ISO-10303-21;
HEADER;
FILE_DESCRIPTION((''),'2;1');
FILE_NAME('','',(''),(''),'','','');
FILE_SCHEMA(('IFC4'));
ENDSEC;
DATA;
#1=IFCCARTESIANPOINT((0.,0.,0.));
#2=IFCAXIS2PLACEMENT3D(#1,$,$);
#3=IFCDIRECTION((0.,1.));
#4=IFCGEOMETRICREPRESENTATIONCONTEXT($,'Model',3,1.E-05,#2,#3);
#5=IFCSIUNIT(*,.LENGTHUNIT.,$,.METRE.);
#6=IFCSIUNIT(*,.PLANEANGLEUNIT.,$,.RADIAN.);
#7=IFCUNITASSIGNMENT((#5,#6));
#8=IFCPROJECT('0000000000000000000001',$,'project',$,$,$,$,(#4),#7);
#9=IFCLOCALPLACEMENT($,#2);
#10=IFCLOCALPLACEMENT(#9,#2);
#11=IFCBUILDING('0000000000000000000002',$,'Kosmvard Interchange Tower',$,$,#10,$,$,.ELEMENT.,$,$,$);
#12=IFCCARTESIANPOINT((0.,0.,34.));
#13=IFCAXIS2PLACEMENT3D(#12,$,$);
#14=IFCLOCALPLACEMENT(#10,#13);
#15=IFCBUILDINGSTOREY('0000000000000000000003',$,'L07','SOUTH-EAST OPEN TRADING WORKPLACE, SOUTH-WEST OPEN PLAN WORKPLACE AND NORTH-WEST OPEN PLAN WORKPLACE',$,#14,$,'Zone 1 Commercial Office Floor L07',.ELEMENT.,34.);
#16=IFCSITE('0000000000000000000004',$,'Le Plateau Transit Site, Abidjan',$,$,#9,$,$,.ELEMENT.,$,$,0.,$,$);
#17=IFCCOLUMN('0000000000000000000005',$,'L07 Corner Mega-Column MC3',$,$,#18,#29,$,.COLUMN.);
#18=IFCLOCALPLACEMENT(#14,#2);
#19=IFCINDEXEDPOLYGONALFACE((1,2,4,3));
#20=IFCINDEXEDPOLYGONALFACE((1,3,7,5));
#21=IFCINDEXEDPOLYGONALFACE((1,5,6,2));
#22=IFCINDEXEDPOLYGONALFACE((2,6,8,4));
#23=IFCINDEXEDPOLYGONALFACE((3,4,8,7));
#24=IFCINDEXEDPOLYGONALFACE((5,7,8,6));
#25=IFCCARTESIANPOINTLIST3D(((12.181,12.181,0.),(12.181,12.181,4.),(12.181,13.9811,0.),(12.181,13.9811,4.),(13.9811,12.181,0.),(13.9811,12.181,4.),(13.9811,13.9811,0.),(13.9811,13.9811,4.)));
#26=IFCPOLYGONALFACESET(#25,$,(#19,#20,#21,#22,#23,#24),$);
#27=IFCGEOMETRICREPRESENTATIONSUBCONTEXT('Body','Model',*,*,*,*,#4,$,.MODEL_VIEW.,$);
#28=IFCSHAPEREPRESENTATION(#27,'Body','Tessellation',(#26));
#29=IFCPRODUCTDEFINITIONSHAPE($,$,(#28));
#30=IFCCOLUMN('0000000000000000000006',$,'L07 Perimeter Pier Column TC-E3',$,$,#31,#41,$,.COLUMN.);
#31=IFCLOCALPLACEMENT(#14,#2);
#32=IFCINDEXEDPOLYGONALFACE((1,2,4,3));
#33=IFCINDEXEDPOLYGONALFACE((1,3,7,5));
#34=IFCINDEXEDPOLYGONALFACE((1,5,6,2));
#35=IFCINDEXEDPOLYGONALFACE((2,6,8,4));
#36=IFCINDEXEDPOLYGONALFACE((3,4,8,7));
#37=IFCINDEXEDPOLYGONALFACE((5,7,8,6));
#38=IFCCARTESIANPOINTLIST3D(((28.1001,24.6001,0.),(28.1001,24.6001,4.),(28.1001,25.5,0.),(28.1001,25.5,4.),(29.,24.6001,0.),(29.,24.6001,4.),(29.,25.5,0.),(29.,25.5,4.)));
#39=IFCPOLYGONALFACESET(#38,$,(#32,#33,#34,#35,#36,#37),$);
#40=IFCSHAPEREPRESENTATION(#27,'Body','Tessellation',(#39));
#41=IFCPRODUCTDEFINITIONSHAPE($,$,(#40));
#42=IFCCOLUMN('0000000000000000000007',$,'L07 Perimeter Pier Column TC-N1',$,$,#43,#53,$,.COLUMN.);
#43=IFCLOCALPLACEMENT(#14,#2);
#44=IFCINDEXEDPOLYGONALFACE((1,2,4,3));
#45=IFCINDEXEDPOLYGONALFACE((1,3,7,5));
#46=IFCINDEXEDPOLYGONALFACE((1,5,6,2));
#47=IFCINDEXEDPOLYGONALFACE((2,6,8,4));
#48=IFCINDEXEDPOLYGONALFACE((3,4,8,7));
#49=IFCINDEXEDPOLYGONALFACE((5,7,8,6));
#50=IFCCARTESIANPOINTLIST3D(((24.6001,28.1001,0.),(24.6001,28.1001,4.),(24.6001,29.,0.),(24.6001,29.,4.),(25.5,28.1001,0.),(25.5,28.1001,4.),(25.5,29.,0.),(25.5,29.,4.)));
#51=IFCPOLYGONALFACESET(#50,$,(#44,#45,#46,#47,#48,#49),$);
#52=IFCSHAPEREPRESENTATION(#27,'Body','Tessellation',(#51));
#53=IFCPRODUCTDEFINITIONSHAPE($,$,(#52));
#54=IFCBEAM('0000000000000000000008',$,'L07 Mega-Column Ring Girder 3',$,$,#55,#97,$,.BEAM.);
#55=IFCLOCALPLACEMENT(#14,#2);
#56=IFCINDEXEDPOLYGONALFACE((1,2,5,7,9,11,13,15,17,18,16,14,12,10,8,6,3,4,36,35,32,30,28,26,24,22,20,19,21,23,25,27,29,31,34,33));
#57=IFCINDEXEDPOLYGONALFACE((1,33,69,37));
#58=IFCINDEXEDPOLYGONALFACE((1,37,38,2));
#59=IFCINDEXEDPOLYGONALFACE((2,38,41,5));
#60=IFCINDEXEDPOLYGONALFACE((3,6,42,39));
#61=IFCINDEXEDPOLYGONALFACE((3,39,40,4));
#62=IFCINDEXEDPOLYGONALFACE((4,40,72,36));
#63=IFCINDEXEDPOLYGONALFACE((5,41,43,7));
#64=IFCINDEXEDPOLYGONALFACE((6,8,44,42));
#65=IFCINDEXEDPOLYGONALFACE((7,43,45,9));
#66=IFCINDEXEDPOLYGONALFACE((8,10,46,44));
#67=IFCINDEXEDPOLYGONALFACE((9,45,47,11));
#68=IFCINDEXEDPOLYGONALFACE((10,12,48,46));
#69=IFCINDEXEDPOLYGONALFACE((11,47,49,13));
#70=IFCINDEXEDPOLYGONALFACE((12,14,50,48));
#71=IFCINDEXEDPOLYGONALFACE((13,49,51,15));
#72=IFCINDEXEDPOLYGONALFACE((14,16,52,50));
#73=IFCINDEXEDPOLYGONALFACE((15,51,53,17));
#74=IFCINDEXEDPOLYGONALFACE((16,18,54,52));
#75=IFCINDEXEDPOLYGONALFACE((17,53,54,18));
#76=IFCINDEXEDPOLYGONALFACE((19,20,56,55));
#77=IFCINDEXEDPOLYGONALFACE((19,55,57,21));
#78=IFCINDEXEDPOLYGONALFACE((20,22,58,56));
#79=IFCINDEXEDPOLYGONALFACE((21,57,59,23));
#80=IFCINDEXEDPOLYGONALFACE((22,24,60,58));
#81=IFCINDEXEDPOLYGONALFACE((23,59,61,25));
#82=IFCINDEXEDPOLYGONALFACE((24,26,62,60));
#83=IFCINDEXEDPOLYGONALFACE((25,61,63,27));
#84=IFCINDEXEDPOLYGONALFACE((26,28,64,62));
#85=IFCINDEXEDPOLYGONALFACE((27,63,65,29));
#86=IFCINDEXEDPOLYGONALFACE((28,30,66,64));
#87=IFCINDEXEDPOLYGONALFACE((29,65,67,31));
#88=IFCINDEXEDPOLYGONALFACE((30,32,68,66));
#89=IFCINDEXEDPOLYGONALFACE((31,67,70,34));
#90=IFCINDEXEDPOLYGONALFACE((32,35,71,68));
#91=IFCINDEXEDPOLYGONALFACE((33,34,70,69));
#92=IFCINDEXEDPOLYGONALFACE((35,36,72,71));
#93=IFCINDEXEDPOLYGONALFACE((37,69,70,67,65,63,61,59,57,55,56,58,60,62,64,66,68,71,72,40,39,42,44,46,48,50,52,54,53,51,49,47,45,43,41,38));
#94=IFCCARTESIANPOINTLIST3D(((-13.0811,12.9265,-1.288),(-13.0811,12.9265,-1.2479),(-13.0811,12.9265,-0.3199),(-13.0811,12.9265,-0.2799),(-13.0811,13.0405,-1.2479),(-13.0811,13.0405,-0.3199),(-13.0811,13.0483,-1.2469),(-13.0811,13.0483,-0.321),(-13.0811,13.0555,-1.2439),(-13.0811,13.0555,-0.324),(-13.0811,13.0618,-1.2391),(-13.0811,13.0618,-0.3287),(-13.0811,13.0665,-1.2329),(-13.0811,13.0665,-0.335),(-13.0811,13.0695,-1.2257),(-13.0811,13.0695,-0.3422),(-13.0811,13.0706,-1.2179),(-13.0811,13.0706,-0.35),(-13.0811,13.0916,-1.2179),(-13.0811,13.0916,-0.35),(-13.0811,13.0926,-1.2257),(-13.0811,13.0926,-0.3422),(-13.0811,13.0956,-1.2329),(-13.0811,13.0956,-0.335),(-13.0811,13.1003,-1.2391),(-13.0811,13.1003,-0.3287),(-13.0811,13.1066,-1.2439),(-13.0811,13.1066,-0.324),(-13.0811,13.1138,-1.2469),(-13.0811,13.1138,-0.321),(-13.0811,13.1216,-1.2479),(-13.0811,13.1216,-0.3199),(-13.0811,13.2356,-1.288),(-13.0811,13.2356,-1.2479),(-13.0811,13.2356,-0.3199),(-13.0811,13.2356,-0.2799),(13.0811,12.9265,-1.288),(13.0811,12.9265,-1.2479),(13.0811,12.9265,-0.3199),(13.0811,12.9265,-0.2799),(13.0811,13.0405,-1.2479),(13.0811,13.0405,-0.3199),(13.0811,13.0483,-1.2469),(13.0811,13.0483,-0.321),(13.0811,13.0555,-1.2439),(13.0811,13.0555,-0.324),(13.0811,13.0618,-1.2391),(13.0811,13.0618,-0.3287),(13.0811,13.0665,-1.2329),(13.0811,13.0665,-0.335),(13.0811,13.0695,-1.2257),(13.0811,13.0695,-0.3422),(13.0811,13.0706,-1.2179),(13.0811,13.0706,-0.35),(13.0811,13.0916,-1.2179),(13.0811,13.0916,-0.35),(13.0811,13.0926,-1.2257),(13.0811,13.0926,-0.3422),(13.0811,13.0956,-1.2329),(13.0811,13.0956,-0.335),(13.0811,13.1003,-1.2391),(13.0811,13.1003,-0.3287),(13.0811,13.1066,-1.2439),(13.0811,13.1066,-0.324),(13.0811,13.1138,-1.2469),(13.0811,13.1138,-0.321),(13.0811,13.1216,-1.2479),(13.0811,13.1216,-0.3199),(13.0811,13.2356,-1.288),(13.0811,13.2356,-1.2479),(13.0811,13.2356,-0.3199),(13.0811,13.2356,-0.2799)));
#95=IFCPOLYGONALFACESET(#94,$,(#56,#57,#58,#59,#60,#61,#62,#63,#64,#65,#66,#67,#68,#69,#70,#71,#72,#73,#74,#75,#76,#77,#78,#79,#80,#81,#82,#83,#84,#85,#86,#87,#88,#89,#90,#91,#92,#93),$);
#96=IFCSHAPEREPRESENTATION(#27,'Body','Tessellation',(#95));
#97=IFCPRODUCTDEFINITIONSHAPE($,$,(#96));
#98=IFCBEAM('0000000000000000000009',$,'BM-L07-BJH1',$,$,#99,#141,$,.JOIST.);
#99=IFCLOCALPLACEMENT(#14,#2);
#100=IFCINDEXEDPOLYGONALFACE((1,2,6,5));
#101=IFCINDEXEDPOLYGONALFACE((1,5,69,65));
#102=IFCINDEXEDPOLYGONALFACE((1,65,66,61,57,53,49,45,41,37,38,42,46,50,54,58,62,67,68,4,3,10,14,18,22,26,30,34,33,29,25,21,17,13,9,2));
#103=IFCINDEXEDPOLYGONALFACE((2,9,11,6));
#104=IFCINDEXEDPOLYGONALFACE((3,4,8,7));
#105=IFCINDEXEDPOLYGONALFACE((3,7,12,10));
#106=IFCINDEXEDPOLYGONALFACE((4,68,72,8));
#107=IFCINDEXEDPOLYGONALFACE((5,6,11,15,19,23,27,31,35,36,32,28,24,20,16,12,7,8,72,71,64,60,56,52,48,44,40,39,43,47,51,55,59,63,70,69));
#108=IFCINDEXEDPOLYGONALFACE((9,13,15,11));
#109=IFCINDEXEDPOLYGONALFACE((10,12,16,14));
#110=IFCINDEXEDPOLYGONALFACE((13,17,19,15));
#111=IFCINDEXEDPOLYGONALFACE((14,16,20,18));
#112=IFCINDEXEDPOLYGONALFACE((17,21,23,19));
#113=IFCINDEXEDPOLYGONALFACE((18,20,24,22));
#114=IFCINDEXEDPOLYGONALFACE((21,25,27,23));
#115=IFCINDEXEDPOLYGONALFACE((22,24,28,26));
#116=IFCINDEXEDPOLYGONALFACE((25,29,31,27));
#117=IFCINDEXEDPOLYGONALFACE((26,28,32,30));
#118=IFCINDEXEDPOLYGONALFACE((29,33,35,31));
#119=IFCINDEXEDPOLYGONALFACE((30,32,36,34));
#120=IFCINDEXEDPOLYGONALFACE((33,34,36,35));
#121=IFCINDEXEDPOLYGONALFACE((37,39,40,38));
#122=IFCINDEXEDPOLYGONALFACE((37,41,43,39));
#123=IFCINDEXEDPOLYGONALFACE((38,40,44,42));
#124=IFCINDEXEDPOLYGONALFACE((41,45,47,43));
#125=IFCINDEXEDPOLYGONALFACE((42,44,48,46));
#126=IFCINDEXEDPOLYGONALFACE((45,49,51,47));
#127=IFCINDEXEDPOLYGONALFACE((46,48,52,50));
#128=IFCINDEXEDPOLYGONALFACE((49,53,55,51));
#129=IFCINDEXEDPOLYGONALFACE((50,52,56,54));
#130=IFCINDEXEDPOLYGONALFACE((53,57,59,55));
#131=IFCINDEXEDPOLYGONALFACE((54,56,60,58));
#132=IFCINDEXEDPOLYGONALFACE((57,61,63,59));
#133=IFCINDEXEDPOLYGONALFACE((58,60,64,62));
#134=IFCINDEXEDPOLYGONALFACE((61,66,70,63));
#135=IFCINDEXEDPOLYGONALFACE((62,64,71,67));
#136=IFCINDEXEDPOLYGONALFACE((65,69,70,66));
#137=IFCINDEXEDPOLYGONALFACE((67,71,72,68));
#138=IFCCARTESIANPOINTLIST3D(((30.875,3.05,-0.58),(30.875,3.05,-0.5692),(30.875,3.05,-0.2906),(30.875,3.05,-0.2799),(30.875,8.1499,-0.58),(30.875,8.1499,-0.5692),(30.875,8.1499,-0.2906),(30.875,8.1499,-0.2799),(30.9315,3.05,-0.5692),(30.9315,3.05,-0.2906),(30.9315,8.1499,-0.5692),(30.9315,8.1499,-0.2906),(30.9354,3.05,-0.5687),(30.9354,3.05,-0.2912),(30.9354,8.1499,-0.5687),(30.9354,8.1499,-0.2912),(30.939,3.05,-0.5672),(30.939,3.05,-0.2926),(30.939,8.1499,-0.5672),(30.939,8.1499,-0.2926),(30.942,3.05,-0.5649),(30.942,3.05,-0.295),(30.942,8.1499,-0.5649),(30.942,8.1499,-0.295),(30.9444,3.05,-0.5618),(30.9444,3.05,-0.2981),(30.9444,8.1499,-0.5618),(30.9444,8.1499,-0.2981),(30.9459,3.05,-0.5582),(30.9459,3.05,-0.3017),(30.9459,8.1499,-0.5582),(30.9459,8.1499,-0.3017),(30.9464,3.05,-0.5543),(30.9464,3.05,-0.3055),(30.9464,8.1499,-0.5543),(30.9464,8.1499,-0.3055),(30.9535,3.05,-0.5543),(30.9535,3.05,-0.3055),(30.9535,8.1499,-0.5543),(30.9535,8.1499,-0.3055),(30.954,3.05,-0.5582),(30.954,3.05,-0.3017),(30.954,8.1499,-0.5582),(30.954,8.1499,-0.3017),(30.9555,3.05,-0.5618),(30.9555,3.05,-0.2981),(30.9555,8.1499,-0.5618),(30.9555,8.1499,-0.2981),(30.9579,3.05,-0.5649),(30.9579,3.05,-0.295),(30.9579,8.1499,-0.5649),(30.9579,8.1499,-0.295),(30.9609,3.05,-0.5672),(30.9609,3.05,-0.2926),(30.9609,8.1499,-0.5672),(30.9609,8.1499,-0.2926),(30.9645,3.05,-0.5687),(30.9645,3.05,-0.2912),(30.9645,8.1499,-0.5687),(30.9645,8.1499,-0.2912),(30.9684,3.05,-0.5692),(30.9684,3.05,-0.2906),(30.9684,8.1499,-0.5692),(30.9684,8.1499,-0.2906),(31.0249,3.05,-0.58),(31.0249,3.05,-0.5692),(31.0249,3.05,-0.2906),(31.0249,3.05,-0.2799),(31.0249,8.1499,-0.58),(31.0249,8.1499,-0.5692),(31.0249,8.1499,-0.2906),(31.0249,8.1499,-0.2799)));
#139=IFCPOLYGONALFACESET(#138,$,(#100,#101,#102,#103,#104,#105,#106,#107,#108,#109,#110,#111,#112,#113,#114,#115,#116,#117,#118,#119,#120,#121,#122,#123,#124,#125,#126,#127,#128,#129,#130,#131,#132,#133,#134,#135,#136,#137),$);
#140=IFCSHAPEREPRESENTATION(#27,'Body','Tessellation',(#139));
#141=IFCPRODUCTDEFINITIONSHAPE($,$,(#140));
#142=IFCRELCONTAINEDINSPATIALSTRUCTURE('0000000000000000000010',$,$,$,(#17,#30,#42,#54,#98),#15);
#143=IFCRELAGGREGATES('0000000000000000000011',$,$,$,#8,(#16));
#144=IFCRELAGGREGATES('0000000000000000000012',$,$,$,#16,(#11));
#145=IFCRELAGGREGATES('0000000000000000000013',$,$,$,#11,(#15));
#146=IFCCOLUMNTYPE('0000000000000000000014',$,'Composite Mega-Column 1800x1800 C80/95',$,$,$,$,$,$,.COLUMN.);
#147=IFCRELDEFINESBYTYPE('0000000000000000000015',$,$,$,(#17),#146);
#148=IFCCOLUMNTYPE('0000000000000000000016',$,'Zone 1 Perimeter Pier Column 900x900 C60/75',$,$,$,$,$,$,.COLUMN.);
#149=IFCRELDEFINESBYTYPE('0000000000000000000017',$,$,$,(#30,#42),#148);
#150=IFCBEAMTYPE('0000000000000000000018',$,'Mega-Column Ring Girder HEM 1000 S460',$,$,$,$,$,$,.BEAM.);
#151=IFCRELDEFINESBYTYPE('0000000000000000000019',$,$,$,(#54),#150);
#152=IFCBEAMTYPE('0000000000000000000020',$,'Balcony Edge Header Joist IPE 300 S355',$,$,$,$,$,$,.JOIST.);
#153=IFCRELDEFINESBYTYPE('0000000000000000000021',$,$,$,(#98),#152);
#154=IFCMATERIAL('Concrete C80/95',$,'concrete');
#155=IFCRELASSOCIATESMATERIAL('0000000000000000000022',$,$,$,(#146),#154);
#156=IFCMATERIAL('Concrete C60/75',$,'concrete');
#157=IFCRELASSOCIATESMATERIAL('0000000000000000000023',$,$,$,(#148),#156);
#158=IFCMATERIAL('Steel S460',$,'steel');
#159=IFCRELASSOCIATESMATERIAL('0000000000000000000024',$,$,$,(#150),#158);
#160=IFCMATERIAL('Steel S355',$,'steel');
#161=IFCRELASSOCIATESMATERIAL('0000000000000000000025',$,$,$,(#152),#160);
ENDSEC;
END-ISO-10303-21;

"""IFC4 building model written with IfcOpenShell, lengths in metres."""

from ifc_helpers import new_model, si_unit, direction, frame, origin, origin_2d, place, context, subcontext, project, spatial, rectangle, i_section, extrude, source, transform, mapped, material, material_profile, profile_set, type_object, element, save


model = new_model("IFC4")

# Units and contexts
model_context = context("Model", 3, precision=1e-05, world=origin(), true_north=direction((0.0, 1.0)))
body_context = subcontext(model_context, "Body", "Model", "MODEL_VIEW")
ifc_project = project(units=[si_unit("LENGTHUNIT", "METRE"), si_unit("PLANEANGLEUNIT", "RADIAN")], contexts=[model_context])

# Site, building, storey
site_placement = place(None, origin())
site = spatial("IfcSite", under=ifc_project, at=site_placement, Name="Le Plateau Transit Site, Abidjan", CompositionType="ELEMENT", RefElevation=0.0)
building_placement = place(site_placement, origin())
building = spatial("IfcBuilding", under=site, at=building_placement, Name="Kosmvard Interchange Tower", CompositionType="ELEMENT")
storey_placement = place(building_placement, frame((0.0, 0.0, 34.0)))
storey = spatial("IfcBuildingStorey", under=building, at=storey_placement, Name="L07", Description="SOUTH-EAST OPEN TRADING WORKPLACE, SOUTH-WEST OPEN PLAN WORKPLACE AND NORTH-WEST OPEN PLAN WORKPLACE", LongName="Zone 1 Commercial Office Floor L07", CompositionType="ELEMENT", Elevation=34.0)

# Columns
ifc_material_1 = material(Name="Concrete C80/95", Category="concrete")
ifc_material_profile_1 = material_profile(ifc_material_1, rectangle(XDim=1.8, YDim=1.8, at=origin_2d()), Name="MC 1800x1800")
ifc_profile_set_1 = profile_set([ifc_material_profile_1], Name="Concrete C80/95")
column_type_1 = type_object("IfcColumnType", Name="Composite Mega-Column 1800x1800 C80/95", PredefinedType="COLUMN", material=ifc_profile_set_1)
shared_shape_1 = source(origin(), body_context, "Body", "SweptSolid", [
    extrude(rectangle(XDim=1.8, YDim=1.8, at=origin_2d()), origin(), (0.0, 0.0, 1.0), 4.0),
])
column_placement = place(storey_placement, frame((13.0811, 13.0811, 0.0), z_axis=(0.0, 0.0, 1.0), x_axis=(1.0, 0.0, 0.0)))
element("IfcColumn", 1, at=column_placement, inside=storey, type_object=column_type_1, Name="L07 Corner Mega-Column MC3", PredefinedType="COLUMN", context=body_context, shape_type="MappedRepresentation", body=[
    mapped(shared_shape_1, transform((0.0, 0.0, 0.0), scale=1.0)),
])
ifc_material_2 = material(Name="Concrete C60/75", Category="concrete")
ifc_material_profile_2 = material_profile(ifc_material_2, rectangle(XDim=0.8999, YDim=0.8999, at=origin_2d()), Name="TC 900x900")
ifc_profile_set_2 = profile_set([ifc_material_profile_2], Name="Concrete C60/75")
column_type_2 = type_object("IfcColumnType", Name="Zone 1 Perimeter Pier Column 900x900 C60/75", PredefinedType="COLUMN", material=ifc_profile_set_2)
shared_shape_2 = source(origin(), body_context, "Body", "SweptSolid", [
    extrude(rectangle(XDim=0.8999, YDim=0.8999, at=origin_2d()), origin(), (0.0, 0.0, 1.0), 4.0),
])
for number, where, z_axis, x_axis, name in (
    (2, (28.55, 25.05, 0.0), (0.0, 0.0, 1.0), (1.0, 0.0, 0.0), "L07 Perimeter Pier Column TC-E3"),
    (3, (25.05, 28.55, 0.0), (0.0, 0.0, 1.0), (1.0, 0.0, 0.0), "L07 Perimeter Pier Column TC-N1"),
):
    element("IfcColumn", number, at=place(storey_placement, frame(where, z_axis=z_axis, x_axis=x_axis)), inside=storey, type_object=column_type_2, Name=name, PredefinedType="COLUMN", context=body_context, shape_type="MappedRepresentation", body=[
        mapped(shared_shape_2, transform((0.0, 0.0, 0.0), scale=1.0)),
    ])

# Beams
ifc_material_3 = material(Name="Steel S460", Category="steel")
ifc_material_profile_3 = material_profile(ifc_material_3, i_section(OverallWidth=0.3091, OverallDepth=1.0081, WebThickness=0.021, FlangeThickness=0.04, FilletRadius=0.03, at=origin_2d()), Name="HEM 1000")
ifc_profile_set_3 = profile_set([ifc_material_profile_3], Name="Steel S460")
beam_type_1 = type_object("IfcBeamType", Name="Mega-Column Ring Girder HEM 1000 S460", PredefinedType="BEAM", material=ifc_profile_set_3)
shared_shape_3 = source(origin(), body_context, "Body", "SweptSolid", [
    extrude(i_section(OverallWidth=0.3091, OverallDepth=1.0081, WebThickness=0.021, FlangeThickness=0.04, FilletRadius=0.03, at=origin_2d()), origin(), (0.0, 0.0, 1.0), 26.1621),
])
beam_1_placement = place(storey_placement, frame((13.0811, 13.0811, -0.7839), z_axis=(-1.0, 0.0, 0.0), x_axis=(0.0, -1.0, 0.0)))
element("IfcBeam", 4, at=beam_1_placement, inside=storey, type_object=beam_type_1, Name="L07 Mega-Column Ring Girder 3", PredefinedType="BEAM", context=body_context, shape_type="MappedRepresentation", body=[
    mapped(shared_shape_3, transform((0.0, 0.0, 0.0), scale=1.0)),
])
ifc_material_4 = material(Name="Steel S355", Category="steel")
ifc_material_profile_4 = material_profile(ifc_material_4, i_section(OverallWidth=0.1499, OverallDepth=0.3, WebThickness=0.0071, FlangeThickness=0.0107, FilletRadius=0.0149, at=origin_2d()), Name="IPE 300")
ifc_profile_set_4 = profile_set([ifc_material_profile_4], Name="Steel S355")
beam_type_2 = type_object("IfcBeamType", Name="Balcony Edge Header Joist IPE 300 S355", PredefinedType="JOIST", material=ifc_profile_set_4)
shared_shape_4 = source(origin(), body_context, "Body", "SweptSolid", [
    extrude(i_section(OverallWidth=0.1499, OverallDepth=0.3, WebThickness=0.0071, FlangeThickness=0.0107, FilletRadius=0.0149, at=origin_2d()), origin(), (0.0, 0.0, 1.0), 5.0999),
])
beam_2_placement = place(storey_placement, frame((30.95, 3.05, -0.4299), z_axis=(0.0, 1.0, 0.0), x_axis=(-1.0, 0.0, 0.0)))
element("IfcBeam", 5, at=beam_2_placement, inside=storey, type_object=beam_type_2, Name="BM-L07-BJH1", PredefinedType="JOIST", context=body_context, shape_type="MappedRepresentation", body=[
    mapped(shared_shape_4, transform((0.0, 0.0, 0.0), scale=1.0)),
])

save(model, "model.ifc")
